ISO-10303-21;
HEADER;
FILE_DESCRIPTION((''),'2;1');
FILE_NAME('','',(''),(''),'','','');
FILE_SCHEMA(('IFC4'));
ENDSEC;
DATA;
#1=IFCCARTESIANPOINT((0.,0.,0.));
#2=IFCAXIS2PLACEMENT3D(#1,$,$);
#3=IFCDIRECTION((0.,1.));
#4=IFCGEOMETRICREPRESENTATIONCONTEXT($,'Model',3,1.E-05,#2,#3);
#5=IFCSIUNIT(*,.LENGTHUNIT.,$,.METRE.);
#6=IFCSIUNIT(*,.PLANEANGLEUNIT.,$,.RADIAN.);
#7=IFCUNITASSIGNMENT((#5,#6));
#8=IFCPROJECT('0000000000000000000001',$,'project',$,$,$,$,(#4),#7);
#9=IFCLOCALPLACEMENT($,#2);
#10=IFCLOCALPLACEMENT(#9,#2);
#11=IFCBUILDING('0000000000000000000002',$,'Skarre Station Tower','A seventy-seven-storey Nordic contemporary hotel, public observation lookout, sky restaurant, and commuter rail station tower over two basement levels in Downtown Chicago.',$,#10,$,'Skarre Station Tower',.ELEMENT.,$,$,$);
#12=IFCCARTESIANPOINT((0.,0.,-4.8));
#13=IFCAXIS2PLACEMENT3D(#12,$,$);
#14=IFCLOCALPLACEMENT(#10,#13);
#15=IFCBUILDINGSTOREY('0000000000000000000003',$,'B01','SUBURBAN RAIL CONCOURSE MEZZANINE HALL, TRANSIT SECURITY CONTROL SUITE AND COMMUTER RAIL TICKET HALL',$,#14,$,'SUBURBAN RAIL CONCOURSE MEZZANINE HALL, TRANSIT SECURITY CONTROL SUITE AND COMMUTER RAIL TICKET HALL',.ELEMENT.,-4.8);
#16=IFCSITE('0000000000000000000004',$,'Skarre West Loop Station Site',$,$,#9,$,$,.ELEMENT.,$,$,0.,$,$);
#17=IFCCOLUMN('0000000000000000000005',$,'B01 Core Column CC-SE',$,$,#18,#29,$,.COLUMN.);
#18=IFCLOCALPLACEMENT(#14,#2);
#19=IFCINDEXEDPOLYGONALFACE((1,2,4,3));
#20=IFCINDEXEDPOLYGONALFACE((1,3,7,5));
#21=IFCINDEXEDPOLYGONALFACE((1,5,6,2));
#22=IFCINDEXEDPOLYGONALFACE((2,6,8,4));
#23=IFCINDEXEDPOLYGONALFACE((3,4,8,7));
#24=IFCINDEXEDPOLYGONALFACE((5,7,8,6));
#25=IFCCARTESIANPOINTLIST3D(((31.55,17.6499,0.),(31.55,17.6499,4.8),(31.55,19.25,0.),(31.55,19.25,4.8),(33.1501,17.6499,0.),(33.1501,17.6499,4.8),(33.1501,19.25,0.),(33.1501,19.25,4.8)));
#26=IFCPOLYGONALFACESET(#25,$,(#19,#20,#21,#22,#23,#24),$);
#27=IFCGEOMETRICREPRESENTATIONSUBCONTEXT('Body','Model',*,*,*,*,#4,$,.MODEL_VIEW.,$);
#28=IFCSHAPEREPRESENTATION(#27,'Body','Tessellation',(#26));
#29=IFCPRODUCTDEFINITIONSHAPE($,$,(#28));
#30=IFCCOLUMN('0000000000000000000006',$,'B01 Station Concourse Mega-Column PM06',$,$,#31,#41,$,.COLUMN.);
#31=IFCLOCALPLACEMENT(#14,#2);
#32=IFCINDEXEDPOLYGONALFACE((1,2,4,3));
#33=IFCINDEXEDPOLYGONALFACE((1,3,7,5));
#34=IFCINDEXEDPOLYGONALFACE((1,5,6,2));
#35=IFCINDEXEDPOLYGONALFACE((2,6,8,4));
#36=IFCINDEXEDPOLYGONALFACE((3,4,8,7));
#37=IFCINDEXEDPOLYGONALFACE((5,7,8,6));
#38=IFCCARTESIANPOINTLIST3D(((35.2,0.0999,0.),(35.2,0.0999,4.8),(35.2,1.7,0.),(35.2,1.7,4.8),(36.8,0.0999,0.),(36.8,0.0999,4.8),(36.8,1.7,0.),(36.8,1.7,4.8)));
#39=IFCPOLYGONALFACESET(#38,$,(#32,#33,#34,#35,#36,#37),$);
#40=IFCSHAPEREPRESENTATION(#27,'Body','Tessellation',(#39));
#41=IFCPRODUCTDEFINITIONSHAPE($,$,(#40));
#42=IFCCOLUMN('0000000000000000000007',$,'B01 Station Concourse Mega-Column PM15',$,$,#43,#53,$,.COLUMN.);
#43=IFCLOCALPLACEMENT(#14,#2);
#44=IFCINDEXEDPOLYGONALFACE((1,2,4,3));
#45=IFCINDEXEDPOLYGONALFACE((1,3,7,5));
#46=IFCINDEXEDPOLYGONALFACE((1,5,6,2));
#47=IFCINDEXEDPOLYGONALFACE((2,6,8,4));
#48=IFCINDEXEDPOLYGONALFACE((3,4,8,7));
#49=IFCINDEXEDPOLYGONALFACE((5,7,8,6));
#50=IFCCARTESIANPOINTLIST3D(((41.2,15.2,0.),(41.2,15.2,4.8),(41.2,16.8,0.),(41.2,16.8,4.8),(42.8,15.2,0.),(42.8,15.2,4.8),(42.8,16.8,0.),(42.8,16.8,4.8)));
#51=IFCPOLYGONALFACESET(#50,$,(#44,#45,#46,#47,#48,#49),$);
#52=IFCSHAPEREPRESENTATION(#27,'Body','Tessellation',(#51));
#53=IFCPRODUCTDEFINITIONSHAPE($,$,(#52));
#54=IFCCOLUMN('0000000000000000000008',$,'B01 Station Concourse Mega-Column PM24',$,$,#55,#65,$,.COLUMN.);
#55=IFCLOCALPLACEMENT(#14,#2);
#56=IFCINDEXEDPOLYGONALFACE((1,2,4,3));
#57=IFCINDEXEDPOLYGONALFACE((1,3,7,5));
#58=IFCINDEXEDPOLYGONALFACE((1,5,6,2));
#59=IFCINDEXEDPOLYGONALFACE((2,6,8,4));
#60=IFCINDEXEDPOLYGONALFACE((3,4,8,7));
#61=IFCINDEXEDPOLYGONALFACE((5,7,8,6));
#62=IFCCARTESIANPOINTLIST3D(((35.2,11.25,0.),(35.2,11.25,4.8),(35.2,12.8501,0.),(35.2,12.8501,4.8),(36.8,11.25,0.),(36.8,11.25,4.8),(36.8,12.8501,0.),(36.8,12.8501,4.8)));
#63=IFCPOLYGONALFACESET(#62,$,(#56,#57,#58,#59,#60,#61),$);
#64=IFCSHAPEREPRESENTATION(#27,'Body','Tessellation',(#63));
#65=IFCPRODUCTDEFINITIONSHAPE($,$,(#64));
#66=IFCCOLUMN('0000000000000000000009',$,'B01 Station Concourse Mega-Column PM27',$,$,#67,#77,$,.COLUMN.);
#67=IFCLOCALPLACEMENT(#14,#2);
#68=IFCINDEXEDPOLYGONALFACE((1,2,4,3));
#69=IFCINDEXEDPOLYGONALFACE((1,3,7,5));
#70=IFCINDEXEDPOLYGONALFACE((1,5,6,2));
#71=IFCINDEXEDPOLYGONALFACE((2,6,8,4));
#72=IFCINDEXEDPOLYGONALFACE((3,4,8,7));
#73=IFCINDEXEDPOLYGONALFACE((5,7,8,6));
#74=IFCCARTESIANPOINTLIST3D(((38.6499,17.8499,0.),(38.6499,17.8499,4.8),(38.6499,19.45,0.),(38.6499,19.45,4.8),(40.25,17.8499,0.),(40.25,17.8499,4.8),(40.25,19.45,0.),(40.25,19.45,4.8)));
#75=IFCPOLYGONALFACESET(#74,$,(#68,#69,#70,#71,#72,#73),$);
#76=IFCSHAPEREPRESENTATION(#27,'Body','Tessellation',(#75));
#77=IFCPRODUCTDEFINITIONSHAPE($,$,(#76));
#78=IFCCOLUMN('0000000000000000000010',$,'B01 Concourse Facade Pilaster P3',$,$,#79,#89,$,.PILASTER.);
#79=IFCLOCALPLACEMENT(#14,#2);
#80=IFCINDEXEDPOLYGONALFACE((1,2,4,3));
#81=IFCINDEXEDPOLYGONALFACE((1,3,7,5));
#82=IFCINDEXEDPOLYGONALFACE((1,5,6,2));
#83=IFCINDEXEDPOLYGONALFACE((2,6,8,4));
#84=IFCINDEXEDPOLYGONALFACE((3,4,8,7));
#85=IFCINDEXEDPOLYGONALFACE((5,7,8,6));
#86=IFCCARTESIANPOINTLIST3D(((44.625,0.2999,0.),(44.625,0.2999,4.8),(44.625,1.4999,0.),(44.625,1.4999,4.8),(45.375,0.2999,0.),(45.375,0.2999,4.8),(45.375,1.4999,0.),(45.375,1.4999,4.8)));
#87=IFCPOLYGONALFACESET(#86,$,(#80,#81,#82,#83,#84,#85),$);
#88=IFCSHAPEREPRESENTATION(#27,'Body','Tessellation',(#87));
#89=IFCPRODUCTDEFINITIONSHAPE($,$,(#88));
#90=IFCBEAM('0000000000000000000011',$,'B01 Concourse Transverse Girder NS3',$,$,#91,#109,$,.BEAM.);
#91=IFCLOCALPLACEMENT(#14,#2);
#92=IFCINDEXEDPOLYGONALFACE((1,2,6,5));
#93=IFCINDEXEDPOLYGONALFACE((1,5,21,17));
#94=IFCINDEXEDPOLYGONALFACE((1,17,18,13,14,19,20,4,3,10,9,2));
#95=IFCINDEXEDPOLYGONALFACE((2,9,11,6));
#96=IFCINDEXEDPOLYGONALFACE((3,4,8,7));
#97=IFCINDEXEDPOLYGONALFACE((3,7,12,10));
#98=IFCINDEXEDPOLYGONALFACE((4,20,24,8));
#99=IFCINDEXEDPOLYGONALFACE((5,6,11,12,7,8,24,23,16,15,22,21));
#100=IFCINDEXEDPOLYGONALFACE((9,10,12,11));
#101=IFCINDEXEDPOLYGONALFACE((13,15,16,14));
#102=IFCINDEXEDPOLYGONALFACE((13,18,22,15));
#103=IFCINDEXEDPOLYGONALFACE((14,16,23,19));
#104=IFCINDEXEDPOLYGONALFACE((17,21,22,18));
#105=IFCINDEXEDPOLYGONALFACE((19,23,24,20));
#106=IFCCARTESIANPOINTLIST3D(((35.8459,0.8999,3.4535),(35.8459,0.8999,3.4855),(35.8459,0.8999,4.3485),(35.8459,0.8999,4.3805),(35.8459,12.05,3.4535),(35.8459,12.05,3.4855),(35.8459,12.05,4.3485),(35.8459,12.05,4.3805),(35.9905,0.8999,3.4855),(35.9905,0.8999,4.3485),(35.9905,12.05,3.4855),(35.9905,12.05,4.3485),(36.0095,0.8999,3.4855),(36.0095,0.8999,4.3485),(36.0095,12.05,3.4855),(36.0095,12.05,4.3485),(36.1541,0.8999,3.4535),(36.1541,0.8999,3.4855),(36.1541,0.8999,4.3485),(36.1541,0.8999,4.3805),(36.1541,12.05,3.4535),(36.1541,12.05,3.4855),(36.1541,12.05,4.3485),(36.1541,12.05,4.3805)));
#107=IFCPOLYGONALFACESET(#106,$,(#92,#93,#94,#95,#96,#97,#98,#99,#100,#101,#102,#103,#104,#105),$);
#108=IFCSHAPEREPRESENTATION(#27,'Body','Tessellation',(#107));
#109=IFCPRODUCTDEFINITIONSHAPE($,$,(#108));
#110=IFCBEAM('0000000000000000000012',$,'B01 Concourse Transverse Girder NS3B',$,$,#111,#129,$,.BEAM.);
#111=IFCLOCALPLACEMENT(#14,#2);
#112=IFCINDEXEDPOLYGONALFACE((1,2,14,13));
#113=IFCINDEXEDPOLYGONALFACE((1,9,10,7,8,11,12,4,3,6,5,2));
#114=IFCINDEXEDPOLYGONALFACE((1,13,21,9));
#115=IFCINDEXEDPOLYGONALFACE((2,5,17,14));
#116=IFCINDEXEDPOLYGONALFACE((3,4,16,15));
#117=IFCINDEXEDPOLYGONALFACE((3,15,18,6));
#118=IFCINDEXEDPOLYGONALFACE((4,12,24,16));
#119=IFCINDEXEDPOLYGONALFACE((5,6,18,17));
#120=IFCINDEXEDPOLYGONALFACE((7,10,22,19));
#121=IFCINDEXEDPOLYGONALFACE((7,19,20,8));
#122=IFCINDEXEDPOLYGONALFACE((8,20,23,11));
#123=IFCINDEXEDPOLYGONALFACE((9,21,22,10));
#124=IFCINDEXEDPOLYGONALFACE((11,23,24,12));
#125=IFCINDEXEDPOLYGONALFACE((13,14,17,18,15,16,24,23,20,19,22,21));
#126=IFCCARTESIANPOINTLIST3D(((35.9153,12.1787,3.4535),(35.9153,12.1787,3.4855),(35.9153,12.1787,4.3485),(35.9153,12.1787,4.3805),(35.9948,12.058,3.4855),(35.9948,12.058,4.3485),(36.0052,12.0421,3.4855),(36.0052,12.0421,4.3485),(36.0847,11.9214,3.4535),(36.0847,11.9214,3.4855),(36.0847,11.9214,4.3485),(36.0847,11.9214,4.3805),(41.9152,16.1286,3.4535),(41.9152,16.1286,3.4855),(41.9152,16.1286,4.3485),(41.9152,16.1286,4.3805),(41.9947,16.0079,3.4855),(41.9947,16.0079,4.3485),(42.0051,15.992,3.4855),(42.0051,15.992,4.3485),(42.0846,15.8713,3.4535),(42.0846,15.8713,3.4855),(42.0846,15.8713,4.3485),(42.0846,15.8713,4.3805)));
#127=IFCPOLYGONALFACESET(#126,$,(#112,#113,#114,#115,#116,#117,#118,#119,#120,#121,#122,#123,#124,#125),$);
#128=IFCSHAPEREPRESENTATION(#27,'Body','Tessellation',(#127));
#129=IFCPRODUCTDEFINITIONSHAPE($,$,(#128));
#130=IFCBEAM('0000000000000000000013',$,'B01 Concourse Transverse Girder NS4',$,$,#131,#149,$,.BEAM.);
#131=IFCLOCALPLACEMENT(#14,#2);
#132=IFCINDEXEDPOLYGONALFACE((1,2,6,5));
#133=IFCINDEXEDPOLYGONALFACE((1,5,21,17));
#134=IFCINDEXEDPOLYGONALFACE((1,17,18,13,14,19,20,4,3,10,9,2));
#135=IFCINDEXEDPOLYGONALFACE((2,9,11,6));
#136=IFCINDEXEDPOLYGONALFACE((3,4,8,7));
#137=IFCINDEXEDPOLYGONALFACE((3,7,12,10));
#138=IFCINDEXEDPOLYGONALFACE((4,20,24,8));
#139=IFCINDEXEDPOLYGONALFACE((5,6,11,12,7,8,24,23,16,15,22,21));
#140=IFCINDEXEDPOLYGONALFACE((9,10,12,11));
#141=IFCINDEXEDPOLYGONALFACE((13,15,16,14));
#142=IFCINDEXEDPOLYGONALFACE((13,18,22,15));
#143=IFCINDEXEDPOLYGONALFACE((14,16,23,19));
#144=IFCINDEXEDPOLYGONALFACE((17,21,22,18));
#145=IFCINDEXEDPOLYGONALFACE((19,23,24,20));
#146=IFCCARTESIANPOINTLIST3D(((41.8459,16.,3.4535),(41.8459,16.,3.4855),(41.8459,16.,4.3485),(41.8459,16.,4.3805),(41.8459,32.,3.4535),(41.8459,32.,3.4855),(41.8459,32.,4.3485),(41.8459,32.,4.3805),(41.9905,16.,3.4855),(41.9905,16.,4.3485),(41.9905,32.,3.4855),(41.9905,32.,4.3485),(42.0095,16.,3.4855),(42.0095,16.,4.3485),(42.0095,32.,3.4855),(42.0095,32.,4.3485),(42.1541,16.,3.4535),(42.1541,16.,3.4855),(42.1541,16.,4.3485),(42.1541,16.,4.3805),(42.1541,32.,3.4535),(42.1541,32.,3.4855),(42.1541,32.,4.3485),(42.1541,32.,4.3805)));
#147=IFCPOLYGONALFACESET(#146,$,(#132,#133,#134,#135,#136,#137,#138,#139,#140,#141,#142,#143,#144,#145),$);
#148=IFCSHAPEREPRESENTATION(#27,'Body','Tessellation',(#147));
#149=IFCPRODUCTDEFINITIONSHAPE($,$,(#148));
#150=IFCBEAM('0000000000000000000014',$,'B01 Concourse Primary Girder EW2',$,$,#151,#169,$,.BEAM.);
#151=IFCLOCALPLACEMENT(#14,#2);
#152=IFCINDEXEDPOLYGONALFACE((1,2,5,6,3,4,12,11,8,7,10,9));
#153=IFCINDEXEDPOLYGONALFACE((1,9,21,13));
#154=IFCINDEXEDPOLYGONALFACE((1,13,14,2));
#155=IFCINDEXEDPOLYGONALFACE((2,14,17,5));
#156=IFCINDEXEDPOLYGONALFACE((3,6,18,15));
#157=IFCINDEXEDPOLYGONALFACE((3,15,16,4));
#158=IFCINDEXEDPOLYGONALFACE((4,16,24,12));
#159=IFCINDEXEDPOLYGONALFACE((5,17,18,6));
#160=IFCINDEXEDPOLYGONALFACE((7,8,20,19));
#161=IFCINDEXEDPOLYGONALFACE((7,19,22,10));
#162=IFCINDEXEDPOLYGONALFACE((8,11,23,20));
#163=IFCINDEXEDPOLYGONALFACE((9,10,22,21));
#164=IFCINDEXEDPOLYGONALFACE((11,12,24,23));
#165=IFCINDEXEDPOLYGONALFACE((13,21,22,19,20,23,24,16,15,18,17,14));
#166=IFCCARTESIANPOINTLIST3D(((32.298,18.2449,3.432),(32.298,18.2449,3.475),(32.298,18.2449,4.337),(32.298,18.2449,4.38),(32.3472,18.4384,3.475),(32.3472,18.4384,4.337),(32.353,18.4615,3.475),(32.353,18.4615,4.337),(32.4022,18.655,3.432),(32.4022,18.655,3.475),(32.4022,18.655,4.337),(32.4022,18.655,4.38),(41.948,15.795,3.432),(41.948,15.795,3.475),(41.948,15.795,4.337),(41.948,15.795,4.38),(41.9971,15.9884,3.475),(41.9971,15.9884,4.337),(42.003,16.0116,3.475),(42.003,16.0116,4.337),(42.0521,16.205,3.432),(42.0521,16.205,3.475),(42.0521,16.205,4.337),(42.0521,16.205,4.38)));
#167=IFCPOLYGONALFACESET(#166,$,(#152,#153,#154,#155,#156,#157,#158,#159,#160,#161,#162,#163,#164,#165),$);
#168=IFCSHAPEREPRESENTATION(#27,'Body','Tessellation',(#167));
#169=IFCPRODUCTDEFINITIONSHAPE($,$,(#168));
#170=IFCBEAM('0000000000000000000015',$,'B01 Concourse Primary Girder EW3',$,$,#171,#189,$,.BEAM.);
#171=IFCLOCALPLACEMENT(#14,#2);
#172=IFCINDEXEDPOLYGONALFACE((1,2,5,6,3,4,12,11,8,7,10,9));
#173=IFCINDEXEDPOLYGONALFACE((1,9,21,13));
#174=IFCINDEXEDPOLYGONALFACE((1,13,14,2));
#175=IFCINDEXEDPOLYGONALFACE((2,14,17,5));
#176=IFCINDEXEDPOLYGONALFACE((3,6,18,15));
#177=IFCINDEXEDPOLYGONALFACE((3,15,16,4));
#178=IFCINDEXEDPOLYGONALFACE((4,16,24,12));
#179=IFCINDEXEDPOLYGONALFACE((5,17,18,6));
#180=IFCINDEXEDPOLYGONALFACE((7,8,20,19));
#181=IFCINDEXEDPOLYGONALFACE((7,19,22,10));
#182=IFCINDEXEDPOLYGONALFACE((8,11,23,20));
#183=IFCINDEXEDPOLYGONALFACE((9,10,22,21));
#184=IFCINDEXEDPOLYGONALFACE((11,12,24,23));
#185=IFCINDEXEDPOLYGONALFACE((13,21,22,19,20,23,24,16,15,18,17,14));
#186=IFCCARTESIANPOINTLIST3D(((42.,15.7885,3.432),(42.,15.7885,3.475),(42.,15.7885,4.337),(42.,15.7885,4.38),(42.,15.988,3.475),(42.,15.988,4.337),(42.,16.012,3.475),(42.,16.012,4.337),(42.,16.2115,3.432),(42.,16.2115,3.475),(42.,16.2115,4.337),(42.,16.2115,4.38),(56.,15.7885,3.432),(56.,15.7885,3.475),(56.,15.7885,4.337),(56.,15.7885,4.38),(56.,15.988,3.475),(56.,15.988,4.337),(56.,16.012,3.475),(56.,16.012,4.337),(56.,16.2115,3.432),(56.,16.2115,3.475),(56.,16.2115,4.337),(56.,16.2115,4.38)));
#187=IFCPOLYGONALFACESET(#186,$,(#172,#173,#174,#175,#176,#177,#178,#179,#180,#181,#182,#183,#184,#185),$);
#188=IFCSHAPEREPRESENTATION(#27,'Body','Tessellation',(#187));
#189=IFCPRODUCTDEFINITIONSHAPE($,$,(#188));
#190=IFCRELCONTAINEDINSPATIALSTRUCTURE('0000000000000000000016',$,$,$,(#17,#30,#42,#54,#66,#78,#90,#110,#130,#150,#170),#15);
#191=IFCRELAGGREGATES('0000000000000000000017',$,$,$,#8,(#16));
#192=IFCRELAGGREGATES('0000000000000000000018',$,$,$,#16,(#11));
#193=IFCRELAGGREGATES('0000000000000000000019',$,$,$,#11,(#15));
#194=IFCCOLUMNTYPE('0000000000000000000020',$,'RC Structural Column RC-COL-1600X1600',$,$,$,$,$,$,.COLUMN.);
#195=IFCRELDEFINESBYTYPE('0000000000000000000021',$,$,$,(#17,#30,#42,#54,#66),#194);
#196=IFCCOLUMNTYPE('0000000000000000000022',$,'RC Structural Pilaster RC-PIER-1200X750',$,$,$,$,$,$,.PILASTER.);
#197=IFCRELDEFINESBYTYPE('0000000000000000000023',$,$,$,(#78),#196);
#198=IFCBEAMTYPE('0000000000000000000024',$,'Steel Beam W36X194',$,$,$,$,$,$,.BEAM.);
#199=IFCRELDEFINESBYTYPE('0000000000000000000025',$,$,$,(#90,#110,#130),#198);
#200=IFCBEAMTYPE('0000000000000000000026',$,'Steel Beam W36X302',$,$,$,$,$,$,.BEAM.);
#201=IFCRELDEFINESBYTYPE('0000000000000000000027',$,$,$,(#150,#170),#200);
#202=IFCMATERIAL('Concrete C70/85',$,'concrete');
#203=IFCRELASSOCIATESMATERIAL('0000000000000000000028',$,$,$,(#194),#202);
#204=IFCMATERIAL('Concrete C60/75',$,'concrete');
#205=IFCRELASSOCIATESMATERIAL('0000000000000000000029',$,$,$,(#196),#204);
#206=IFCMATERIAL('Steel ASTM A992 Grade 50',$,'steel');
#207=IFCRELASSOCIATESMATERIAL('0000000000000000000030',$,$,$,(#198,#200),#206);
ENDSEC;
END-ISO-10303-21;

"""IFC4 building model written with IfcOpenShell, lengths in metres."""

from ifc_helpers import new_model, si_unit, direction, frame, origin, origin_2d, place, context, subcontext, project, spatial, rectangle, i_section, extrude, material, material_profile, profile_set, type_object, element, save


model = new_model("IFC4")

# Units and contexts
model_context = context("Model", 3, precision=1e-05, world=origin(), true_north=direction((0.0, 1.0)))
body_context = subcontext(model_context, "Body", "Model", "MODEL_VIEW")
ifc_project = project(units=[si_unit("LENGTHUNIT", "METRE"), si_unit("PLANEANGLEUNIT", "RADIAN")], contexts=[model_context])

# Site, building, storey
site_placement = place(None, origin())
site = spatial("IfcSite", under=ifc_project, at=site_placement, Name="Skarre West Loop Station Site", CompositionType="ELEMENT", RefElevation=0.0)
building_placement = place(site_placement, origin())
building = spatial("IfcBuilding", under=site, at=building_placement, Name="Skarre Station Tower", Description="A seventy-seven-storey Nordic contemporary hotel, public observation lookout, sky restaurant, and commuter rail station tower over two basement levels in Downtown Chicago.", LongName="Skarre Station Tower", CompositionType="ELEMENT")
storey_placement = place(building_placement, frame((0.0, 0.0, -4.8)))
storey = spatial("IfcBuildingStorey", under=building, at=storey_placement, Name="B01", Description="SUBURBAN RAIL CONCOURSE MEZZANINE HALL, TRANSIT SECURITY CONTROL SUITE AND COMMUTER RAIL TICKET HALL", LongName="SUBURBAN RAIL CONCOURSE MEZZANINE HALL, TRANSIT SECURITY CONTROL SUITE AND COMMUTER RAIL TICKET HALL", CompositionType="ELEMENT", Elevation=-4.8)

# Columns
ifc_material_1 = material(Name="Concrete C70/85", Category="concrete")
ifc_material_profile_1 = material_profile(ifc_material_1, rectangle(XDim=1.6001, YDim=1.6001, at=origin_2d()), Name="Concrete C70/85")
ifc_profile_set_1 = profile_set([ifc_material_profile_1], Name="Concrete C70/85")
column_type_1 = type_object("IfcColumnType", Name="RC Structural Column RC-COL-1600X1600", PredefinedType="COLUMN", material=ifc_profile_set_1)
for number, where, z_axis, x_axis, name in (
    (1, (32.3501, 18.45, 0.0), (0.0, 0.0, 1.0), (1.0, 0.0, 0.0), "B01 Core Column CC-SE"),
    (2, (36.0, 0.8999, 0.0), (0.0, 0.0, 1.0), (1.0, 0.0, 0.0), "B01 Station Concourse Mega-Column PM06"),
    (3, (42.0, 16.0, 0.0), (0.0, 0.0, 1.0), (1.0, 0.0, 0.0), "B01 Station Concourse Mega-Column PM15"),
    (4, (36.0, 12.05, 0.0), (0.0, 0.0, 1.0), (1.0, 0.0, 0.0), "B01 Station Concourse Mega-Column PM24"),
    (5, (39.45, 18.6499, 0.0), (0.0, 0.0, 1.0), (1.0, 0.0, 0.0), "B01 Station Concourse Mega-Column PM27"),
):
    element("IfcColumn", number, at=place(storey_placement, frame(where, z_axis=z_axis, x_axis=x_axis)), inside=storey, type_object=column_type_1, Name=name, PredefinedType="COLUMN", context=body_context, shape_type="SweptSolid", body=[
        extrude(rectangle(XDim=1.6001, YDim=1.6001, at=origin_2d()), origin(), (0.0, 0.0, 1.0), 4.8),
    ])
ifc_material_2 = material(Name="Concrete C60/75", Category="concrete")
ifc_material_profile_2 = material_profile(ifc_material_2, rectangle(XDim=0.75, YDim=1.2, at=origin_2d()), Name="Concrete C60/75")
ifc_profile_set_2 = profile_set([ifc_material_profile_2], Name="Concrete C60/75")
column_type_2 = type_object("IfcColumnType", Name="RC Structural Pilaster RC-PIER-1200X750", PredefinedType="PILASTER", material=ifc_profile_set_2)
column_placement = place(storey_placement, frame((45.0, 0.8999, 0.0), z_axis=(0.0, 0.0, 1.0), x_axis=(1.0, 0.0, 0.0)))
element("IfcColumn", 6, at=column_placement, inside=storey, type_object=column_type_2, Name="B01 Concourse Facade Pilaster P3", PredefinedType="PILASTER", context=body_context, shape_type="SweptSolid", body=[
    extrude(rectangle(XDim=0.75, YDim=1.2, at=origin_2d()), origin(), (0.0, 0.0, 1.0), 4.8),
])

# Beams
ifc_material_3 = material(Name="Steel ASTM A992 Grade 50", Category="steel")
ifc_material_profile_3 = material_profile(ifc_material_3, i_section(OverallWidth=0.3081, OverallDepth=0.927, WebThickness=0.019, FlangeThickness=0.032, at=origin_2d()), Name="Steel ASTM A992 Grade 50")
ifc_profile_set_3 = profile_set([ifc_material_profile_3], Name="Steel ASTM A992 Grade 50")
beam_type_1 = type_object("IfcBeamType", Name="Steel Beam W36X194", PredefinedType="BEAM", material=ifc_profile_set_3)
beam_1_placement = place(storey_placement, frame((36.0, 0.8999, 3.917), z_axis=(0.0, 1.0, 0.0), x_axis=(-1.0, 0.0, 0.0)))
element("IfcBeam", 7, at=beam_1_placement, inside=storey, type_object=beam_type_1, Name="B01 Concourse Transverse Girder NS3", PredefinedType="BEAM", context=body_context, shape_type="SweptSolid", body=[
    extrude(i_section(OverallWidth=0.3081, OverallDepth=0.927, WebThickness=0.019, FlangeThickness=0.032, at=origin_2d()), origin(), (0.0, 0.0, 1.0), 11.1501),
])
beam_2_placement = place(storey_placement, frame((36.0, 12.05, 3.917), z_axis=(0.835252, 0.549867, 0.0), x_axis=(-0.549867, 0.835252, 0.0)))
element("IfcBeam", 8, at=beam_2_placement, inside=storey, type_object=beam_type_1, Name="B01 Concourse Transverse Girder NS3B", PredefinedType="BEAM", context=body_context, shape_type="SweptSolid", body=[
    extrude(i_section(OverallWidth=0.3081, OverallDepth=0.927, WebThickness=0.019, FlangeThickness=0.032, at=origin_2d()), origin(), (0.0, 0.0, 1.0), 7.1833),
])
beam_3_placement = place(storey_placement, frame((42.0, 16.0, 3.917), z_axis=(0.0, 1.0, 0.0), x_axis=(-1.0, 0.0, 0.0)))
element("IfcBeam", 9, at=beam_3_placement, inside=storey, type_object=beam_type_1, Name="B01 Concourse Transverse Girder NS4", PredefinedType="BEAM", context=body_context, shape_type="SweptSolid", body=[
    extrude(i_section(OverallWidth=0.3081, OverallDepth=0.927, WebThickness=0.019, FlangeThickness=0.032, at=origin_2d()), origin(), (0.0, 0.0, 1.0), 16.0),
])
ifc_material_profile_4 = material_profile(ifc_material_3, i_section(OverallWidth=0.4231, OverallDepth=0.948, WebThickness=0.0239, FlangeThickness=0.043, at=origin_2d()), Name="Steel ASTM A992 Grade 50")
ifc_profile_set_4 = profile_set([ifc_material_profile_4], Name="Steel ASTM A992 Grade 50")
beam_type_2 = type_object("IfcBeamType", Name="Steel Beam W36X302", PredefinedType="BEAM", material=ifc_profile_set_4)
beam_4_placement = place(storey_placement, frame((32.3501, 18.45, 3.906), z_axis=(0.96925, -0.246077, 0.0), x_axis=(0.246077, 0.96925, 0.0)))
element("IfcBeam", 10, at=beam_4_placement, inside=storey, type_object=beam_type_2, Name="B01 Concourse Primary Girder EW2", PredefinedType="BEAM", context=body_context, shape_type="SweptSolid", body=[
    extrude(i_section(OverallWidth=0.4231, OverallDepth=0.948, WebThickness=0.0239, FlangeThickness=0.043, at=origin_2d()), origin(), (0.0, 0.0, 1.0), 9.9561),
])
beam_5_placement = place(storey_placement, frame((42.0, 16.0, 3.906), z_axis=(1.0, 0.0, 0.0), x_axis=(0.0, 1.0, 0.0)))
element("IfcBeam", 11, at=beam_5_placement, inside=storey, type_object=beam_type_2, Name="B01 Concourse Primary Girder EW3", PredefinedType="BEAM", context=body_context, shape_type="SweptSolid", body=[
    extrude(i_section(OverallWidth=0.4231, OverallDepth=0.948, WebThickness=0.0239, FlangeThickness=0.043, at=origin_2d()), origin(), (0.0, 0.0, 1.0), 14.0),
])

save(model, "model.ifc")
